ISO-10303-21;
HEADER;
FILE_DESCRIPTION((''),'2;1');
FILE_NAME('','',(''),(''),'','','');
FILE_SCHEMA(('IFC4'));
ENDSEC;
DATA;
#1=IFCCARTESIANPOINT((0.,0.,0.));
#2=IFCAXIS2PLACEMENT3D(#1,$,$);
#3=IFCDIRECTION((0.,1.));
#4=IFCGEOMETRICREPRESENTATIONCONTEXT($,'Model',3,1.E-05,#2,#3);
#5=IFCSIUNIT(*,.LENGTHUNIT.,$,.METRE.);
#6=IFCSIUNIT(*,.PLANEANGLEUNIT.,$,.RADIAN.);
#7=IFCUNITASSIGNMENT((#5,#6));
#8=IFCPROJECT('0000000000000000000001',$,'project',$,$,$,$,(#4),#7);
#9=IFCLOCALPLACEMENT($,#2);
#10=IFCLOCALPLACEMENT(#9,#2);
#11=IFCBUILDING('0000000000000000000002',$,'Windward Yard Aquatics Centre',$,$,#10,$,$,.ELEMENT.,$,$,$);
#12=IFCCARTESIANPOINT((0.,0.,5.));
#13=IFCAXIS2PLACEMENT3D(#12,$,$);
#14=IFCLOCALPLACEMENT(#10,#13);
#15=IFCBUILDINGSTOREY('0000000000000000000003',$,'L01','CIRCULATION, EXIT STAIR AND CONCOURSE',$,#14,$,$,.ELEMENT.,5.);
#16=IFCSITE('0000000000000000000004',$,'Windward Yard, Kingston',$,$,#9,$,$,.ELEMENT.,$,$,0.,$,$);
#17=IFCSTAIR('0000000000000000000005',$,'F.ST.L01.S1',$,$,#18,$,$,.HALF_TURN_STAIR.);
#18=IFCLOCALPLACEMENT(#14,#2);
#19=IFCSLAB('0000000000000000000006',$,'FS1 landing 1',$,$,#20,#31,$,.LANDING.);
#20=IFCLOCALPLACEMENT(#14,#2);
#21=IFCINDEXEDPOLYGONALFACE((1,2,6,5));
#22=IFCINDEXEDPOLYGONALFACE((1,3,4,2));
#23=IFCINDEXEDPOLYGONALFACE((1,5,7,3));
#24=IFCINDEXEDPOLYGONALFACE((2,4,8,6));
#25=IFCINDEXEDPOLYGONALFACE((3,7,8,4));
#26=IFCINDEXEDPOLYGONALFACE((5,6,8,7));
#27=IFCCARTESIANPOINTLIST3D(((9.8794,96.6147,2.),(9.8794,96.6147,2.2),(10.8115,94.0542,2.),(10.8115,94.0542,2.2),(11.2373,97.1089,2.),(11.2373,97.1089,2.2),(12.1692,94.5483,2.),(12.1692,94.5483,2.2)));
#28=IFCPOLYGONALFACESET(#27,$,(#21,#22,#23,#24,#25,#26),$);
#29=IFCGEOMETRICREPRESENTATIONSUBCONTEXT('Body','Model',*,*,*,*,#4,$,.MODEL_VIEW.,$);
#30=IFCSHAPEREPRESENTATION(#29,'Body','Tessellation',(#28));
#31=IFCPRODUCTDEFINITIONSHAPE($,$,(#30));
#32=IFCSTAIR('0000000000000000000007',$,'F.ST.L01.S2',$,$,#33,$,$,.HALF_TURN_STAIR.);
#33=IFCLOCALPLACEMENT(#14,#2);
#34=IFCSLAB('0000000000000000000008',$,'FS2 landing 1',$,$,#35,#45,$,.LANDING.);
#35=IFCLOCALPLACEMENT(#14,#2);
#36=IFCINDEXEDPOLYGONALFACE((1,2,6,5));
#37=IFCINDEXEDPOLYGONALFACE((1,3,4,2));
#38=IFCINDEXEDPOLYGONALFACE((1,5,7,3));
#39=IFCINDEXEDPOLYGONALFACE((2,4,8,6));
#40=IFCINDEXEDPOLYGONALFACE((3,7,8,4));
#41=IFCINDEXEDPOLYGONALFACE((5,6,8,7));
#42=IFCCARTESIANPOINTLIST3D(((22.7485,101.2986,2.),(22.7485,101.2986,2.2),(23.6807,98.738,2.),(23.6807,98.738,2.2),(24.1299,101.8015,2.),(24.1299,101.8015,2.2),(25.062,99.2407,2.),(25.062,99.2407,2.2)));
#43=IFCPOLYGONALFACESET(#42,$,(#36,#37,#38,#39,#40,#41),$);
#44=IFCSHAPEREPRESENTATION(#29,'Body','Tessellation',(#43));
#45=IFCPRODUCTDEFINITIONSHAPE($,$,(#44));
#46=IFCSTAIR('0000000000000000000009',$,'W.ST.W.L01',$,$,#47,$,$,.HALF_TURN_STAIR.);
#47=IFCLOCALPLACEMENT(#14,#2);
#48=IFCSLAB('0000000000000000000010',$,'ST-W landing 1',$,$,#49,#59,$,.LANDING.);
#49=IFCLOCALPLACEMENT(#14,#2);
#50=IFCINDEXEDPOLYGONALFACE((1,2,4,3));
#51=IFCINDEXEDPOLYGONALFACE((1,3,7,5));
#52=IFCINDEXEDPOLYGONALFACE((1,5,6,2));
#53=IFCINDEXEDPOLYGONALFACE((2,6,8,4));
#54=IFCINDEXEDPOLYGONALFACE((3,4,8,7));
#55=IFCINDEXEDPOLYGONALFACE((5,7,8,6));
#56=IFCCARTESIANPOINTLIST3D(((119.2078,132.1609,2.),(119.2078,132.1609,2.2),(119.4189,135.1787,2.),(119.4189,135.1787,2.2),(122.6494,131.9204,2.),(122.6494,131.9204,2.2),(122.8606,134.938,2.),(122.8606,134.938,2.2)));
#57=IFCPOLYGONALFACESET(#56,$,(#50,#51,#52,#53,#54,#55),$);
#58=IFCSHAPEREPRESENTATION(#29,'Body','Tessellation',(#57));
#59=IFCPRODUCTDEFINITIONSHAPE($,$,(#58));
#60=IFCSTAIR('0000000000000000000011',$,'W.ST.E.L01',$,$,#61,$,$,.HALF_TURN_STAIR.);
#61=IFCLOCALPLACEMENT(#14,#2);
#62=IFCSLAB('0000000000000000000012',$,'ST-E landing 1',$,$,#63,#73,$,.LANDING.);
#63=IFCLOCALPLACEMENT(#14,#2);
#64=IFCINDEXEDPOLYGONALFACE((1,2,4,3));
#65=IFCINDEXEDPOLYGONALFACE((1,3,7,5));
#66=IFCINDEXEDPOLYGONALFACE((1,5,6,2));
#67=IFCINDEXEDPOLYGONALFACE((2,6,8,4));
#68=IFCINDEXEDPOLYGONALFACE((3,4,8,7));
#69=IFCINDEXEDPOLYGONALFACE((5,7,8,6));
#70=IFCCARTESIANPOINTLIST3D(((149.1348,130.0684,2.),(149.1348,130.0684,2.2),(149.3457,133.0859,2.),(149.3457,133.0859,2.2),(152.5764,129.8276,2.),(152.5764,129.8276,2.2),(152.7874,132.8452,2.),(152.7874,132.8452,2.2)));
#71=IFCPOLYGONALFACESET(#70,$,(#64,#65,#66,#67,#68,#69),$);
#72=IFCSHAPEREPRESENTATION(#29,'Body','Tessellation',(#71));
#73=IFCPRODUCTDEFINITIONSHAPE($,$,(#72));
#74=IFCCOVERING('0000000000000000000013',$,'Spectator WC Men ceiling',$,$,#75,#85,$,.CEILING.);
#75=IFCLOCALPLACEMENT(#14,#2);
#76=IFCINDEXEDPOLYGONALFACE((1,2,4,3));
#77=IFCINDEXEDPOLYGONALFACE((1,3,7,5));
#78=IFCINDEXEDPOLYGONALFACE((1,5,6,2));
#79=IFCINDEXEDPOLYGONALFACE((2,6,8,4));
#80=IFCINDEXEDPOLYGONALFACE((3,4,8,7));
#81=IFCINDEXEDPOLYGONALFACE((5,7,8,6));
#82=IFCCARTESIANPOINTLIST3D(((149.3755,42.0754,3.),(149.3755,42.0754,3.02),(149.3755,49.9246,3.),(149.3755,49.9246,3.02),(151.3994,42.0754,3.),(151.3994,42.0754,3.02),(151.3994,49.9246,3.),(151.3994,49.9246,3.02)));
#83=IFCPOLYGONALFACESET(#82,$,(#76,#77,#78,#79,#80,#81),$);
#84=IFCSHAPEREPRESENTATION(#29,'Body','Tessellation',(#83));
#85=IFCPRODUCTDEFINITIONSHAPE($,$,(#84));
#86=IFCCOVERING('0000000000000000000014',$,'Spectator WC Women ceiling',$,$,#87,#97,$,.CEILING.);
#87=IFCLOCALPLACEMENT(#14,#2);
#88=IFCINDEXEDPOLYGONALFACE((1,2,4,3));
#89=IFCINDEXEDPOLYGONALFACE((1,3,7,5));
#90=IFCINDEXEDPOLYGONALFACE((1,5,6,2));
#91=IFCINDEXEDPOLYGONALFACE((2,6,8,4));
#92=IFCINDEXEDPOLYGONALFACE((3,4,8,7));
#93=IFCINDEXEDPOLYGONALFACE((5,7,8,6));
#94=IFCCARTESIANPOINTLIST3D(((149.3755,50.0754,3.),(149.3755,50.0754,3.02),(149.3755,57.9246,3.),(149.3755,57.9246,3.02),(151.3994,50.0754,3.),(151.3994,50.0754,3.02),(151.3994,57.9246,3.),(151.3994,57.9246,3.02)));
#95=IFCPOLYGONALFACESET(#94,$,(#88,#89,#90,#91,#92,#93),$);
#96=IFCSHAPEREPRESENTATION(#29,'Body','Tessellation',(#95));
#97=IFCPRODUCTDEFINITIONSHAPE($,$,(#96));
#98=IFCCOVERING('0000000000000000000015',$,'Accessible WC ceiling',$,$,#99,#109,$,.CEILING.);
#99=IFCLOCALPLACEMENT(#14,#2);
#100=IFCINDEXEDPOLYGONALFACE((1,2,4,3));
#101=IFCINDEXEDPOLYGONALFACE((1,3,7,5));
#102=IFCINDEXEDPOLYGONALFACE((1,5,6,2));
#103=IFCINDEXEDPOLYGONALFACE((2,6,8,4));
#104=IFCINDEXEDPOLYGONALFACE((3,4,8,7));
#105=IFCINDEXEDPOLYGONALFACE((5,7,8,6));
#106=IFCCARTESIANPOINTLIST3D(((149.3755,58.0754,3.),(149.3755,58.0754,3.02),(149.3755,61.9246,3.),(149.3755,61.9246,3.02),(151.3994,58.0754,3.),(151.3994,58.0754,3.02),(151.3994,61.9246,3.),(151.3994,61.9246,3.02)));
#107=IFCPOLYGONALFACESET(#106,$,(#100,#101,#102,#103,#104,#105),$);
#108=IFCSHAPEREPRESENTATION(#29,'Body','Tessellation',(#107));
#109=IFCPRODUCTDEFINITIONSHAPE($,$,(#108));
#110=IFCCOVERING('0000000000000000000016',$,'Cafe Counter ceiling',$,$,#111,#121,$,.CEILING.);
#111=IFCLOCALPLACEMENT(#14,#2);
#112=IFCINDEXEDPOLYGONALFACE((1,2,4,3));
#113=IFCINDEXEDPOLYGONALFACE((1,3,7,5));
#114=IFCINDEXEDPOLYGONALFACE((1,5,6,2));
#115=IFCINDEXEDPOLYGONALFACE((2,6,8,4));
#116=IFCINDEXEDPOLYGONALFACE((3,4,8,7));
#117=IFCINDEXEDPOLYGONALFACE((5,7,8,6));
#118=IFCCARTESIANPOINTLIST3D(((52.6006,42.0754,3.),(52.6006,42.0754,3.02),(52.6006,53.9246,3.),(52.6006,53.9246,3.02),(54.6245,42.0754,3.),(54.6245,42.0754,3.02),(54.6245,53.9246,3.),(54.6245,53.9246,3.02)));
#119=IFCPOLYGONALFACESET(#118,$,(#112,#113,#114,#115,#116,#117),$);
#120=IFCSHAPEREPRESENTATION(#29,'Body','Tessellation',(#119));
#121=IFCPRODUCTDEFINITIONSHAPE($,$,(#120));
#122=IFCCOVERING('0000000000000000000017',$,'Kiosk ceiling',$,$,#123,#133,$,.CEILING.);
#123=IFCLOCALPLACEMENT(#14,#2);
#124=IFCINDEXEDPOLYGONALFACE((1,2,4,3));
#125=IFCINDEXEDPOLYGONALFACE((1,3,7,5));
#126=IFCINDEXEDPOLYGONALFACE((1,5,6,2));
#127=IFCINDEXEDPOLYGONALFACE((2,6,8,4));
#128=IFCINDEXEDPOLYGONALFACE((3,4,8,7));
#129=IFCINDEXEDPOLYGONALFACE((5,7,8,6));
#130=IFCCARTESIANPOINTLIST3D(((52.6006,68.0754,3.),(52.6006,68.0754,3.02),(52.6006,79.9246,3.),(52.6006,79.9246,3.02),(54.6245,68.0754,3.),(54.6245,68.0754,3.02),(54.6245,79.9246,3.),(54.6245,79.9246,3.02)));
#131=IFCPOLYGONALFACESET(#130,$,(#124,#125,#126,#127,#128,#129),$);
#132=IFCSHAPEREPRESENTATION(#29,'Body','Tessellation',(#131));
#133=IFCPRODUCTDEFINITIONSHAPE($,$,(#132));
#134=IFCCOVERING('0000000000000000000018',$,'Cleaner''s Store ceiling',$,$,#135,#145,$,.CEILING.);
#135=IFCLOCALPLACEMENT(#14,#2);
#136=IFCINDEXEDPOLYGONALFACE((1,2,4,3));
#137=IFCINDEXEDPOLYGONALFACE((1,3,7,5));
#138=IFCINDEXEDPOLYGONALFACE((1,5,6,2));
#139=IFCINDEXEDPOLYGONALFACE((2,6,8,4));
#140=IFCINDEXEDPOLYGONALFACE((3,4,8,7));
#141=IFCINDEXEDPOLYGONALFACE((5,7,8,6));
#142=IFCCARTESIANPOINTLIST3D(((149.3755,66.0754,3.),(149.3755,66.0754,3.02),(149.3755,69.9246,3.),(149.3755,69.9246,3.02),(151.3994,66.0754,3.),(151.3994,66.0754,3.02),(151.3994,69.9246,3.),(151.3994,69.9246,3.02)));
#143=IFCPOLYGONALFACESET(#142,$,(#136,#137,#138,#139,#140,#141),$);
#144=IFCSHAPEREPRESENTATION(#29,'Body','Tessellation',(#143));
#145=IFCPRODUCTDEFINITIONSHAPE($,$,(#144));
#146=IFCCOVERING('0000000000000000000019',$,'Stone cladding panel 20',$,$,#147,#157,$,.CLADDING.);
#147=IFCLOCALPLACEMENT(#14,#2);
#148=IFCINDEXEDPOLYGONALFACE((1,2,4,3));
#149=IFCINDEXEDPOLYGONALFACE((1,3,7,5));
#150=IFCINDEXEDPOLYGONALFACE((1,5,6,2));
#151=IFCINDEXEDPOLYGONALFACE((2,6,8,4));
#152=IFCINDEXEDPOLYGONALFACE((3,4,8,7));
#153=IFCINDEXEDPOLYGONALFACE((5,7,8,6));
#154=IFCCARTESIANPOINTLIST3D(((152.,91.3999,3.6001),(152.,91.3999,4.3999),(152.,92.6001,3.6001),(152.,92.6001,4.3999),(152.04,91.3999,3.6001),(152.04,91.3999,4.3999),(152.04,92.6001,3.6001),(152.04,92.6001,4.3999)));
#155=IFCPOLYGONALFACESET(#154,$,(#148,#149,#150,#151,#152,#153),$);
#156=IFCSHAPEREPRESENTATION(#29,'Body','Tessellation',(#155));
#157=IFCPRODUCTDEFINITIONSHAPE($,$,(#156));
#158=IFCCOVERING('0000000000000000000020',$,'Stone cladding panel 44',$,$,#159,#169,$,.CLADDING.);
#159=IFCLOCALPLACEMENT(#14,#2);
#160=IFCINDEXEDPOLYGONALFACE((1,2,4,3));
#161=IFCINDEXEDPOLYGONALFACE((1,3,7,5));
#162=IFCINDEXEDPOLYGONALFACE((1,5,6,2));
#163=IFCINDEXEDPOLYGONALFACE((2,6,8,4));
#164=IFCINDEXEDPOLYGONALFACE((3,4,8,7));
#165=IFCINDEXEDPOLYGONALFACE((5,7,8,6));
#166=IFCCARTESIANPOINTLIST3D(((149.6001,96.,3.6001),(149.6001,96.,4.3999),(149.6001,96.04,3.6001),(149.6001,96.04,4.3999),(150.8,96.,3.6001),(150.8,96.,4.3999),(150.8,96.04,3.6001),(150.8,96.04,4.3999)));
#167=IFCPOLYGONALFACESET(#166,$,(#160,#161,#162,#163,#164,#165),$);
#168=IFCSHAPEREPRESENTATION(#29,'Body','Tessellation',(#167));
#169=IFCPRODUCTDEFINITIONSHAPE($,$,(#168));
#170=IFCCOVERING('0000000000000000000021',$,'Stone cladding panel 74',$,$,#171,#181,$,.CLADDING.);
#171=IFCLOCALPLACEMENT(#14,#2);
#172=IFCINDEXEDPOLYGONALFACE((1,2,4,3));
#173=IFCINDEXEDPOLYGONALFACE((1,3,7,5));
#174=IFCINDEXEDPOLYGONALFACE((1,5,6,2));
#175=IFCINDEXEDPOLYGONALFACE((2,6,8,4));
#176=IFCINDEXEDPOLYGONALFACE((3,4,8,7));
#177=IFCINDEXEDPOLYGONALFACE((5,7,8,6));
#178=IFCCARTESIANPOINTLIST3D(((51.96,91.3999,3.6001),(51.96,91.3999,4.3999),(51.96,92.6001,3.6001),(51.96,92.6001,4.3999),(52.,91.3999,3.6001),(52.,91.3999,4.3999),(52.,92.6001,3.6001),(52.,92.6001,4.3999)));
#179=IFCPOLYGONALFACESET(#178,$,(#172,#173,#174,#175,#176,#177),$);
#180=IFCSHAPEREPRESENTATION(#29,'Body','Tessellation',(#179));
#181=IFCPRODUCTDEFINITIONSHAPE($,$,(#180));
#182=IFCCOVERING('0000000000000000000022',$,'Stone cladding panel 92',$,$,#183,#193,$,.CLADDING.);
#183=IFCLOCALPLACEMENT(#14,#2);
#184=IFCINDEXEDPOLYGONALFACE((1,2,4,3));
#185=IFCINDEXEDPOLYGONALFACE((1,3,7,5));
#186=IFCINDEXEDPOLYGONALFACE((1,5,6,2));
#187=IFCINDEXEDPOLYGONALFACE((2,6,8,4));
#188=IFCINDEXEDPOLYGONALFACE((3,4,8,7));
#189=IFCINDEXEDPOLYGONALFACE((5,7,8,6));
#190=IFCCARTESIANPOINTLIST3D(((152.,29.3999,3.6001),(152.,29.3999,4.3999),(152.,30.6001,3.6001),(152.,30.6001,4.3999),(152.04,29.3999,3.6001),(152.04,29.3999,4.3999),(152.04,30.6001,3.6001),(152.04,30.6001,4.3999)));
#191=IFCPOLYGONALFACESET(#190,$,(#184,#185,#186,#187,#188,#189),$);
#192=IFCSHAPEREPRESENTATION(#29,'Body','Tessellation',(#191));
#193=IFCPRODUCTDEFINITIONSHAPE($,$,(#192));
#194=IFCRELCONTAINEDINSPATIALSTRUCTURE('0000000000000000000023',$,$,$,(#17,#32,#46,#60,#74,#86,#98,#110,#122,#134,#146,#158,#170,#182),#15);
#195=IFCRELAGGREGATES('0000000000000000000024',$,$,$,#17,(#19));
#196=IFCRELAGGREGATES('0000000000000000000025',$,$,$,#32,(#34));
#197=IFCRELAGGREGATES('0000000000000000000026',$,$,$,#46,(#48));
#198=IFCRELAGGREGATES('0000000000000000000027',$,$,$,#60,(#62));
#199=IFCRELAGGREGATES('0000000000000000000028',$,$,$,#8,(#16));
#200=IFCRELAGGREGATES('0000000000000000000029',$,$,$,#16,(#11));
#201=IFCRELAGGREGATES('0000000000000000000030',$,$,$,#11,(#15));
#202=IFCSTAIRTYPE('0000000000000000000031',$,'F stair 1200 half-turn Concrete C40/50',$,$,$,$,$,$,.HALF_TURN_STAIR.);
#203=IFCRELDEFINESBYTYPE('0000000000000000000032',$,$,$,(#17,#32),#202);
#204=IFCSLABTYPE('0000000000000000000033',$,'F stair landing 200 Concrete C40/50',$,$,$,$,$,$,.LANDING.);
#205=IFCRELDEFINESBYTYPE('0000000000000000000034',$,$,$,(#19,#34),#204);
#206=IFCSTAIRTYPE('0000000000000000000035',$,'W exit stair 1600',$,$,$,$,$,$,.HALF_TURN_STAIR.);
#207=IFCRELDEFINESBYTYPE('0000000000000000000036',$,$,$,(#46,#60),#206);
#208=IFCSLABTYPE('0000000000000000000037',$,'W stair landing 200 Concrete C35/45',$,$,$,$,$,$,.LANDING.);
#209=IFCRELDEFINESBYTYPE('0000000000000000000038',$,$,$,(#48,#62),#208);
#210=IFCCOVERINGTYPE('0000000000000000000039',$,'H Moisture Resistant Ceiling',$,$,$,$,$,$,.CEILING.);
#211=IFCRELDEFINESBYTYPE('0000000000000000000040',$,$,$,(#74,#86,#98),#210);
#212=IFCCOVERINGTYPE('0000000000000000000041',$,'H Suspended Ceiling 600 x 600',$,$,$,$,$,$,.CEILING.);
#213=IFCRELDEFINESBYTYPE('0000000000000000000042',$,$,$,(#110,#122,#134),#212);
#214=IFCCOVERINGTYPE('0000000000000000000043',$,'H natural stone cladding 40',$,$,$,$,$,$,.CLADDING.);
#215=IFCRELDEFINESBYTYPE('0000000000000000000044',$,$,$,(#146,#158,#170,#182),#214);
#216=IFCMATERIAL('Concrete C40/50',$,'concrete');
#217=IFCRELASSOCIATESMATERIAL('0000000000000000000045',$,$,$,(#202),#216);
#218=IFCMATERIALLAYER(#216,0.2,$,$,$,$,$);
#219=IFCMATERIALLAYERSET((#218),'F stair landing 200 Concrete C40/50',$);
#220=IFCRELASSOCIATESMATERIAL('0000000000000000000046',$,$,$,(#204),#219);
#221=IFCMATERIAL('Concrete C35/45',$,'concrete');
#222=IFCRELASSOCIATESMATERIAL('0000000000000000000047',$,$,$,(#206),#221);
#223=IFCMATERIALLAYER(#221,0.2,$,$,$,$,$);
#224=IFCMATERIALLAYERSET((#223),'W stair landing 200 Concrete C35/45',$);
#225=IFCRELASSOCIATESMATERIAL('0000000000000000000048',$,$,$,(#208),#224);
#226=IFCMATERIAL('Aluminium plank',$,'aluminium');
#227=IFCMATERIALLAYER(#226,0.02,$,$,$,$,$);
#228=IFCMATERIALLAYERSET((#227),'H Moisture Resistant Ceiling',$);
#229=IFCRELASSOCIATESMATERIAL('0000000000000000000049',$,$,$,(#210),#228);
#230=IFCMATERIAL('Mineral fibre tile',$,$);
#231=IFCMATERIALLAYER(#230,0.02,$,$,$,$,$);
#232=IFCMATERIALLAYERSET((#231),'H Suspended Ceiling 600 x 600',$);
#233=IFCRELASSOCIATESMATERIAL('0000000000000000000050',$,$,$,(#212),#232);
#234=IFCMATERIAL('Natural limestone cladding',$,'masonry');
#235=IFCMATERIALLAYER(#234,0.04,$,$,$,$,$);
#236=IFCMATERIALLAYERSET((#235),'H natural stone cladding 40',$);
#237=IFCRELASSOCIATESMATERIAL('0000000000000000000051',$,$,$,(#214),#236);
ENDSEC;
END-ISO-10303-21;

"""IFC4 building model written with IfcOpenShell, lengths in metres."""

from ifc_helpers import new_model, si_unit, direction, frame, origin, place, context, subcontext, project, spatial, polyline, outline, extrude, material, layer, layer_set, type_object, element, aggregate, save


model = new_model("IFC4")

# Units and contexts
model_context = context("Model", 3, precision=1e-05, world=origin(), true_north=direction((0.0, 1.0)))
body_context = subcontext(model_context, "Body", "Model", "MODEL_VIEW")
ifc_project = project(units=[si_unit("LENGTHUNIT", "METRE"), si_unit("PLANEANGLEUNIT", "RADIAN")], contexts=[model_context])

# Site, building, storey
site_placement = place(None, origin())
site = spatial("IfcSite", under=ifc_project, at=site_placement, Name="Windward Yard, Kingston", CompositionType="ELEMENT", RefElevation=0.0)
building_placement = place(site_placement, origin())
building = spatial("IfcBuilding", under=site, at=building_placement, Name="Windward Yard Aquatics Centre", CompositionType="ELEMENT")
storey_placement = place(building_placement, frame((0.0, 0.0, 5.0)))
storey = spatial("IfcBuildingStorey", under=building, at=storey_placement, Name="L01", Description="CIRCULATION, EXIT STAIR AND CONCOURSE", CompositionType="ELEMENT", Elevation=5.0)

# Stairs, slabs
ifc_material_1 = material(Name="Concrete C40/50", Category="concrete")
stair_type_1 = type_object("IfcStairType", Name="F stair 1200 half-turn Concrete C40/50", PredefinedType="HALF_TURN_STAIR", material=ifc_material_1)
stair_1_placement = place(storey_placement, origin())
stair_1 = element("IfcStair", 1, at=stair_1_placement, inside=storey, type_object=stair_type_1, Name="F.ST.L01.S1", PredefinedType="HALF_TURN_STAIR")
ifc_layer_1 = layer(ifc_material_1, 0.2)
ifc_layer_set_1 = layer_set([ifc_layer_1], Name="F stair landing 200 Concrete C40/50")
slab_type_1 = type_object("IfcSlabType", Name="F stair landing 200 Concrete C40/50", PredefinedType="LANDING", material=ifc_layer_set_1)
slab_1_placement = place(storey_placement, frame((0.0, 0.0, 2.0)))
slab_1 = element("IfcSlab", 2, at=slab_1_placement, type_object=slab_type_1, Name="FS1 landing 1", PredefinedType="LANDING", context=body_context, shape_type="SweptSolid", body=[
    extrude(outline(polyline([(9.8794, 96.6147), (10.8115, 94.0542), (12.1692, 94.5483), (11.2373, 97.1089), (9.8794, 96.6147)])), origin(), (0.0, 0.0, 1.0), 0.2),
])
aggregate(stair_1, [slab_1])
stair_2_placement = place(storey_placement, origin())
stair_2 = element("IfcStair", 3, at=stair_2_placement, inside=storey, type_object=stair_type_1, Name="F.ST.L01.S2", PredefinedType="HALF_TURN_STAIR")
slab_2_placement = place(storey_placement, frame((0.0, 0.0, 2.0)))
slab_2 = element("IfcSlab", 4, at=slab_2_placement, type_object=slab_type_1, Name="FS2 landing 1", PredefinedType="LANDING", context=body_context, shape_type="SweptSolid", body=[
    extrude(outline(polyline([(22.7485, 101.2986), (23.6807, 98.738), (25.062, 99.2407), (24.1299, 101.8015), (22.7485, 101.2986)])), origin(), (0.0, 0.0, 1.0), 0.2),
])
aggregate(stair_2, [slab_2])
ifc_material_2 = material(Name="Concrete C35/45", Category="concrete")
stair_type_2 = type_object("IfcStairType", Name="W exit stair 1600", PredefinedType="HALF_TURN_STAIR", material=ifc_material_2)
stair_3_placement = place(storey_placement, origin())
stair_3 = element("IfcStair", 5, at=stair_3_placement, inside=storey, type_object=stair_type_2, Name="W.ST.W.L01", PredefinedType="HALF_TURN_STAIR")
ifc_layer_2 = layer(ifc_material_2, 0.2)
ifc_layer_set_2 = layer_set([ifc_layer_2], Name="W stair landing 200 Concrete C35/45")
slab_type_2 = type_object("IfcSlabType", Name="W stair landing 200 Concrete C35/45", PredefinedType="LANDING", material=ifc_layer_set_2)
slab_3_placement = place(storey_placement, frame((0.0, 0.0, 2.0)))
slab_3 = element("IfcSlab", 6, at=slab_3_placement, type_object=slab_type_2, Name="ST-W landing 1", PredefinedType="LANDING", context=body_context, shape_type="SweptSolid", body=[
    extrude(outline(polyline([(119.2078, 132.1609), (122.6494, 131.9204), (122.8606, 134.938), (119.4189, 135.1787), (119.2078, 132.1609)])), origin(), (0.0, 0.0, 1.0), 0.2),
])
aggregate(stair_3, [slab_3])
stair_4_placement = place(storey_placement, origin())
stair_4 = element("IfcStair", 7, at=stair_4_placement, inside=storey, type_object=stair_type_2, Name="W.ST.E.L01", PredefinedType="HALF_TURN_STAIR")
slab_4_placement = place(storey_placement, frame((0.0, 0.0, 2.0)))
slab_4 = element("IfcSlab", 8, at=slab_4_placement, type_object=slab_type_2, Name="ST-E landing 1", PredefinedType="LANDING", context=body_context, shape_type="SweptSolid", body=[
    extrude(outline(polyline([(149.1348, 130.0684), (152.5764, 129.8276), (152.7874, 132.8452), (149.3457, 133.0859), (149.1348, 130.0684)])), origin(), (0.0, 0.0, 1.0), 0.2),
])
aggregate(stair_4, [slab_4])

# Coverings
ifc_material_3 = material(Name="Aluminium plank", Category="aluminium")
ifc_layer_3 = layer(ifc_material_3, 0.02)
ifc_layer_set_3 = layer_set([ifc_layer_3], Name="H Moisture Resistant Ceiling")
covering_type_1 = type_object("IfcCoveringType", Name="H Moisture Resistant Ceiling", PredefinedType="CEILING", material=ifc_layer_set_3)
covering_1_placement = place(storey_placement, frame((0.0, 0.0, 3.0)))
element("IfcCovering", 9, at=covering_1_placement, inside=storey, type_object=covering_type_1, Name="Spectator WC Men ceiling", PredefinedType="CEILING", context=body_context, shape_type="SweptSolid", body=[
    extrude(outline(polyline([(149.3755, 42.0754), (149.3755, 49.9246), (151.3994, 49.9246), (151.3994, 42.0754), (149.3755, 42.0754)])), origin(), (0.0, 0.0, 1.0), 0.02),
])
covering_2_placement = place(storey_placement, frame((0.0, 0.0, 3.0)))
element("IfcCovering", 10, at=covering_2_placement, inside=storey, type_object=covering_type_1, Name="Spectator WC Women ceiling", PredefinedType="CEILING", context=body_context, shape_type="SweptSolid", body=[
    extrude(outline(polyline([(149.3755, 50.0754), (149.3755, 57.9246), (151.3994, 57.9246), (151.3994, 50.0754), (149.3755, 50.0754)])), origin(), (0.0, 0.0, 1.0), 0.02),
])
covering_3_placement = place(storey_placement, frame((0.0, 0.0, 3.0)))
element("IfcCovering", 11, at=covering_3_placement, inside=storey, type_object=covering_type_1, Name="Accessible WC ceiling", PredefinedType="CEILING", context=body_context, shape_type="SweptSolid", body=[
    extrude(outline(polyline([(149.3755, 58.0754), (149.3755, 61.9246), (151.3994, 61.9246), (151.3994, 58.0754), (149.3755, 58.0754)])), origin(), (0.0, 0.0, 1.0), 0.02),
])
ifc_material_4 = material(Name="Mineral fibre tile")
ifc_layer_4 = layer(ifc_material_4, 0.02)
ifc_layer_set_4 = layer_set([ifc_layer_4], Name="H Suspended Ceiling 600 x 600")
covering_type_2 = type_object("IfcCoveringType", Name="H Suspended Ceiling 600 x 600", PredefinedType="CEILING", material=ifc_layer_set_4)
covering_4_placement = place(storey_placement, frame((0.0, 0.0, 3.0)))
element("IfcCovering", 12, at=covering_4_placement, inside=storey, type_object=covering_type_2, Name="Cafe Counter ceiling", PredefinedType="CEILING", context=body_context, shape_type="SweptSolid", body=[
    extrude(outline(polyline([(52.6006, 42.0754), (52.6006, 53.9246), (54.6245, 53.9246), (54.6245, 42.0754), (52.6006, 42.0754)])), origin(), (0.0, 0.0, 1.0), 0.02),
])
covering_5_placement = place(storey_placement, frame((0.0, 0.0, 3.0)))
element("IfcCovering", 13, at=covering_5_placement, inside=storey, type_object=covering_type_2, Name="Kiosk ceiling", PredefinedType="CEILING", context=body_context, shape_type="SweptSolid", body=[
    extrude(outline(polyline([(52.6006, 68.0754), (52.6006, 79.9246), (54.6245, 79.9246), (54.6245, 68.0754), (52.6006, 68.0754)])), origin(), (0.0, 0.0, 1.0), 0.02),
])
covering_6_placement = place(storey_placement, frame((0.0, 0.0, 3.0)))
element("IfcCovering", 14, at=covering_6_placement, inside=storey, type_object=covering_type_2, Name="Cleaner's Store ceiling", PredefinedType="CEILING", context=body_context, shape_type="SweptSolid", body=[
    extrude(outline(polyline([(149.3755, 66.0754), (149.3755, 69.9246), (151.3994, 69.9246), (151.3994, 66.0754), (149.3755, 66.0754)])), origin(), (0.0, 0.0, 1.0), 0.02),
])
ifc_material_5 = material(Name="Natural limestone cladding", Category="masonry")
ifc_layer_5 = layer(ifc_material_5, 0.04)
ifc_layer_set_5 = layer_set([ifc_layer_5], Name="H natural stone cladding 40")
covering_type_3 = type_object("IfcCoveringType", Name="H natural stone cladding 40", PredefinedType="CLADDING", material=ifc_layer_set_5)
covering_7_placement = place(storey_placement, frame((0.0, 0.0, 3.6001)))
element("IfcCovering", 15, at=covering_7_placement, inside=storey, type_object=covering_type_3, Name="Stone cladding panel 20", PredefinedType="CLADDING", context=body_context, shape_type="SweptSolid", body=[
    extrude(outline(polyline([(152.0, 91.3999), (152.04, 91.3999), (152.04, 92.6001), (152.0, 92.6001), (152.0, 91.3999)])), origin(), (0.0, 0.0, 1.0), 0.7998),
])
covering_8_placement = place(storey_placement, frame((0.0, 0.0, 3.6001)))
element("IfcCovering", 16, at=covering_8_placement, inside=storey, type_object=covering_type_3, Name="Stone cladding panel 44", PredefinedType="CLADDING", context=body_context, shape_type="SweptSolid", body=[
    extrude(outline(polyline([(149.6001, 96.0), (149.6001, 96.04), (150.8, 96.04), (150.8, 96.0), (149.6001, 96.0)])), origin(), (0.0, 0.0, 1.0), 0.7998),
])
covering_9_placement = place(storey_placement, frame((0.0, 0.0, 3.6001)))
element("IfcCovering", 17, at=covering_9_placement, inside=storey, type_object=covering_type_3, Name="Stone cladding panel 74", PredefinedType="CLADDING", context=body_context, shape_type="SweptSolid", body=[
    extrude(outline(polyline([(51.96, 91.3999), (51.96, 92.6001), (52.0, 92.6001), (52.0, 91.3999), (51.96, 91.3999)])), origin(), (0.0, 0.0, 1.0), 0.7998),
])
covering_10_placement = place(storey_placement, frame((0.0, 0.0, 3.6001)))
element("IfcCovering", 18, at=covering_10_placement, inside=storey, type_object=covering_type_3, Name="Stone cladding panel 92", PredefinedType="CLADDING", context=body_context, shape_type="SweptSolid", body=[
    extrude(outline(polyline([(152.0, 29.3999), (152.0, 30.6001), (152.04, 30.6001), (152.04, 29.3999), (152.0, 29.3999)])), origin(), (0.0, 0.0, 1.0), 0.7998),
])

save(model, "model.ifc")
